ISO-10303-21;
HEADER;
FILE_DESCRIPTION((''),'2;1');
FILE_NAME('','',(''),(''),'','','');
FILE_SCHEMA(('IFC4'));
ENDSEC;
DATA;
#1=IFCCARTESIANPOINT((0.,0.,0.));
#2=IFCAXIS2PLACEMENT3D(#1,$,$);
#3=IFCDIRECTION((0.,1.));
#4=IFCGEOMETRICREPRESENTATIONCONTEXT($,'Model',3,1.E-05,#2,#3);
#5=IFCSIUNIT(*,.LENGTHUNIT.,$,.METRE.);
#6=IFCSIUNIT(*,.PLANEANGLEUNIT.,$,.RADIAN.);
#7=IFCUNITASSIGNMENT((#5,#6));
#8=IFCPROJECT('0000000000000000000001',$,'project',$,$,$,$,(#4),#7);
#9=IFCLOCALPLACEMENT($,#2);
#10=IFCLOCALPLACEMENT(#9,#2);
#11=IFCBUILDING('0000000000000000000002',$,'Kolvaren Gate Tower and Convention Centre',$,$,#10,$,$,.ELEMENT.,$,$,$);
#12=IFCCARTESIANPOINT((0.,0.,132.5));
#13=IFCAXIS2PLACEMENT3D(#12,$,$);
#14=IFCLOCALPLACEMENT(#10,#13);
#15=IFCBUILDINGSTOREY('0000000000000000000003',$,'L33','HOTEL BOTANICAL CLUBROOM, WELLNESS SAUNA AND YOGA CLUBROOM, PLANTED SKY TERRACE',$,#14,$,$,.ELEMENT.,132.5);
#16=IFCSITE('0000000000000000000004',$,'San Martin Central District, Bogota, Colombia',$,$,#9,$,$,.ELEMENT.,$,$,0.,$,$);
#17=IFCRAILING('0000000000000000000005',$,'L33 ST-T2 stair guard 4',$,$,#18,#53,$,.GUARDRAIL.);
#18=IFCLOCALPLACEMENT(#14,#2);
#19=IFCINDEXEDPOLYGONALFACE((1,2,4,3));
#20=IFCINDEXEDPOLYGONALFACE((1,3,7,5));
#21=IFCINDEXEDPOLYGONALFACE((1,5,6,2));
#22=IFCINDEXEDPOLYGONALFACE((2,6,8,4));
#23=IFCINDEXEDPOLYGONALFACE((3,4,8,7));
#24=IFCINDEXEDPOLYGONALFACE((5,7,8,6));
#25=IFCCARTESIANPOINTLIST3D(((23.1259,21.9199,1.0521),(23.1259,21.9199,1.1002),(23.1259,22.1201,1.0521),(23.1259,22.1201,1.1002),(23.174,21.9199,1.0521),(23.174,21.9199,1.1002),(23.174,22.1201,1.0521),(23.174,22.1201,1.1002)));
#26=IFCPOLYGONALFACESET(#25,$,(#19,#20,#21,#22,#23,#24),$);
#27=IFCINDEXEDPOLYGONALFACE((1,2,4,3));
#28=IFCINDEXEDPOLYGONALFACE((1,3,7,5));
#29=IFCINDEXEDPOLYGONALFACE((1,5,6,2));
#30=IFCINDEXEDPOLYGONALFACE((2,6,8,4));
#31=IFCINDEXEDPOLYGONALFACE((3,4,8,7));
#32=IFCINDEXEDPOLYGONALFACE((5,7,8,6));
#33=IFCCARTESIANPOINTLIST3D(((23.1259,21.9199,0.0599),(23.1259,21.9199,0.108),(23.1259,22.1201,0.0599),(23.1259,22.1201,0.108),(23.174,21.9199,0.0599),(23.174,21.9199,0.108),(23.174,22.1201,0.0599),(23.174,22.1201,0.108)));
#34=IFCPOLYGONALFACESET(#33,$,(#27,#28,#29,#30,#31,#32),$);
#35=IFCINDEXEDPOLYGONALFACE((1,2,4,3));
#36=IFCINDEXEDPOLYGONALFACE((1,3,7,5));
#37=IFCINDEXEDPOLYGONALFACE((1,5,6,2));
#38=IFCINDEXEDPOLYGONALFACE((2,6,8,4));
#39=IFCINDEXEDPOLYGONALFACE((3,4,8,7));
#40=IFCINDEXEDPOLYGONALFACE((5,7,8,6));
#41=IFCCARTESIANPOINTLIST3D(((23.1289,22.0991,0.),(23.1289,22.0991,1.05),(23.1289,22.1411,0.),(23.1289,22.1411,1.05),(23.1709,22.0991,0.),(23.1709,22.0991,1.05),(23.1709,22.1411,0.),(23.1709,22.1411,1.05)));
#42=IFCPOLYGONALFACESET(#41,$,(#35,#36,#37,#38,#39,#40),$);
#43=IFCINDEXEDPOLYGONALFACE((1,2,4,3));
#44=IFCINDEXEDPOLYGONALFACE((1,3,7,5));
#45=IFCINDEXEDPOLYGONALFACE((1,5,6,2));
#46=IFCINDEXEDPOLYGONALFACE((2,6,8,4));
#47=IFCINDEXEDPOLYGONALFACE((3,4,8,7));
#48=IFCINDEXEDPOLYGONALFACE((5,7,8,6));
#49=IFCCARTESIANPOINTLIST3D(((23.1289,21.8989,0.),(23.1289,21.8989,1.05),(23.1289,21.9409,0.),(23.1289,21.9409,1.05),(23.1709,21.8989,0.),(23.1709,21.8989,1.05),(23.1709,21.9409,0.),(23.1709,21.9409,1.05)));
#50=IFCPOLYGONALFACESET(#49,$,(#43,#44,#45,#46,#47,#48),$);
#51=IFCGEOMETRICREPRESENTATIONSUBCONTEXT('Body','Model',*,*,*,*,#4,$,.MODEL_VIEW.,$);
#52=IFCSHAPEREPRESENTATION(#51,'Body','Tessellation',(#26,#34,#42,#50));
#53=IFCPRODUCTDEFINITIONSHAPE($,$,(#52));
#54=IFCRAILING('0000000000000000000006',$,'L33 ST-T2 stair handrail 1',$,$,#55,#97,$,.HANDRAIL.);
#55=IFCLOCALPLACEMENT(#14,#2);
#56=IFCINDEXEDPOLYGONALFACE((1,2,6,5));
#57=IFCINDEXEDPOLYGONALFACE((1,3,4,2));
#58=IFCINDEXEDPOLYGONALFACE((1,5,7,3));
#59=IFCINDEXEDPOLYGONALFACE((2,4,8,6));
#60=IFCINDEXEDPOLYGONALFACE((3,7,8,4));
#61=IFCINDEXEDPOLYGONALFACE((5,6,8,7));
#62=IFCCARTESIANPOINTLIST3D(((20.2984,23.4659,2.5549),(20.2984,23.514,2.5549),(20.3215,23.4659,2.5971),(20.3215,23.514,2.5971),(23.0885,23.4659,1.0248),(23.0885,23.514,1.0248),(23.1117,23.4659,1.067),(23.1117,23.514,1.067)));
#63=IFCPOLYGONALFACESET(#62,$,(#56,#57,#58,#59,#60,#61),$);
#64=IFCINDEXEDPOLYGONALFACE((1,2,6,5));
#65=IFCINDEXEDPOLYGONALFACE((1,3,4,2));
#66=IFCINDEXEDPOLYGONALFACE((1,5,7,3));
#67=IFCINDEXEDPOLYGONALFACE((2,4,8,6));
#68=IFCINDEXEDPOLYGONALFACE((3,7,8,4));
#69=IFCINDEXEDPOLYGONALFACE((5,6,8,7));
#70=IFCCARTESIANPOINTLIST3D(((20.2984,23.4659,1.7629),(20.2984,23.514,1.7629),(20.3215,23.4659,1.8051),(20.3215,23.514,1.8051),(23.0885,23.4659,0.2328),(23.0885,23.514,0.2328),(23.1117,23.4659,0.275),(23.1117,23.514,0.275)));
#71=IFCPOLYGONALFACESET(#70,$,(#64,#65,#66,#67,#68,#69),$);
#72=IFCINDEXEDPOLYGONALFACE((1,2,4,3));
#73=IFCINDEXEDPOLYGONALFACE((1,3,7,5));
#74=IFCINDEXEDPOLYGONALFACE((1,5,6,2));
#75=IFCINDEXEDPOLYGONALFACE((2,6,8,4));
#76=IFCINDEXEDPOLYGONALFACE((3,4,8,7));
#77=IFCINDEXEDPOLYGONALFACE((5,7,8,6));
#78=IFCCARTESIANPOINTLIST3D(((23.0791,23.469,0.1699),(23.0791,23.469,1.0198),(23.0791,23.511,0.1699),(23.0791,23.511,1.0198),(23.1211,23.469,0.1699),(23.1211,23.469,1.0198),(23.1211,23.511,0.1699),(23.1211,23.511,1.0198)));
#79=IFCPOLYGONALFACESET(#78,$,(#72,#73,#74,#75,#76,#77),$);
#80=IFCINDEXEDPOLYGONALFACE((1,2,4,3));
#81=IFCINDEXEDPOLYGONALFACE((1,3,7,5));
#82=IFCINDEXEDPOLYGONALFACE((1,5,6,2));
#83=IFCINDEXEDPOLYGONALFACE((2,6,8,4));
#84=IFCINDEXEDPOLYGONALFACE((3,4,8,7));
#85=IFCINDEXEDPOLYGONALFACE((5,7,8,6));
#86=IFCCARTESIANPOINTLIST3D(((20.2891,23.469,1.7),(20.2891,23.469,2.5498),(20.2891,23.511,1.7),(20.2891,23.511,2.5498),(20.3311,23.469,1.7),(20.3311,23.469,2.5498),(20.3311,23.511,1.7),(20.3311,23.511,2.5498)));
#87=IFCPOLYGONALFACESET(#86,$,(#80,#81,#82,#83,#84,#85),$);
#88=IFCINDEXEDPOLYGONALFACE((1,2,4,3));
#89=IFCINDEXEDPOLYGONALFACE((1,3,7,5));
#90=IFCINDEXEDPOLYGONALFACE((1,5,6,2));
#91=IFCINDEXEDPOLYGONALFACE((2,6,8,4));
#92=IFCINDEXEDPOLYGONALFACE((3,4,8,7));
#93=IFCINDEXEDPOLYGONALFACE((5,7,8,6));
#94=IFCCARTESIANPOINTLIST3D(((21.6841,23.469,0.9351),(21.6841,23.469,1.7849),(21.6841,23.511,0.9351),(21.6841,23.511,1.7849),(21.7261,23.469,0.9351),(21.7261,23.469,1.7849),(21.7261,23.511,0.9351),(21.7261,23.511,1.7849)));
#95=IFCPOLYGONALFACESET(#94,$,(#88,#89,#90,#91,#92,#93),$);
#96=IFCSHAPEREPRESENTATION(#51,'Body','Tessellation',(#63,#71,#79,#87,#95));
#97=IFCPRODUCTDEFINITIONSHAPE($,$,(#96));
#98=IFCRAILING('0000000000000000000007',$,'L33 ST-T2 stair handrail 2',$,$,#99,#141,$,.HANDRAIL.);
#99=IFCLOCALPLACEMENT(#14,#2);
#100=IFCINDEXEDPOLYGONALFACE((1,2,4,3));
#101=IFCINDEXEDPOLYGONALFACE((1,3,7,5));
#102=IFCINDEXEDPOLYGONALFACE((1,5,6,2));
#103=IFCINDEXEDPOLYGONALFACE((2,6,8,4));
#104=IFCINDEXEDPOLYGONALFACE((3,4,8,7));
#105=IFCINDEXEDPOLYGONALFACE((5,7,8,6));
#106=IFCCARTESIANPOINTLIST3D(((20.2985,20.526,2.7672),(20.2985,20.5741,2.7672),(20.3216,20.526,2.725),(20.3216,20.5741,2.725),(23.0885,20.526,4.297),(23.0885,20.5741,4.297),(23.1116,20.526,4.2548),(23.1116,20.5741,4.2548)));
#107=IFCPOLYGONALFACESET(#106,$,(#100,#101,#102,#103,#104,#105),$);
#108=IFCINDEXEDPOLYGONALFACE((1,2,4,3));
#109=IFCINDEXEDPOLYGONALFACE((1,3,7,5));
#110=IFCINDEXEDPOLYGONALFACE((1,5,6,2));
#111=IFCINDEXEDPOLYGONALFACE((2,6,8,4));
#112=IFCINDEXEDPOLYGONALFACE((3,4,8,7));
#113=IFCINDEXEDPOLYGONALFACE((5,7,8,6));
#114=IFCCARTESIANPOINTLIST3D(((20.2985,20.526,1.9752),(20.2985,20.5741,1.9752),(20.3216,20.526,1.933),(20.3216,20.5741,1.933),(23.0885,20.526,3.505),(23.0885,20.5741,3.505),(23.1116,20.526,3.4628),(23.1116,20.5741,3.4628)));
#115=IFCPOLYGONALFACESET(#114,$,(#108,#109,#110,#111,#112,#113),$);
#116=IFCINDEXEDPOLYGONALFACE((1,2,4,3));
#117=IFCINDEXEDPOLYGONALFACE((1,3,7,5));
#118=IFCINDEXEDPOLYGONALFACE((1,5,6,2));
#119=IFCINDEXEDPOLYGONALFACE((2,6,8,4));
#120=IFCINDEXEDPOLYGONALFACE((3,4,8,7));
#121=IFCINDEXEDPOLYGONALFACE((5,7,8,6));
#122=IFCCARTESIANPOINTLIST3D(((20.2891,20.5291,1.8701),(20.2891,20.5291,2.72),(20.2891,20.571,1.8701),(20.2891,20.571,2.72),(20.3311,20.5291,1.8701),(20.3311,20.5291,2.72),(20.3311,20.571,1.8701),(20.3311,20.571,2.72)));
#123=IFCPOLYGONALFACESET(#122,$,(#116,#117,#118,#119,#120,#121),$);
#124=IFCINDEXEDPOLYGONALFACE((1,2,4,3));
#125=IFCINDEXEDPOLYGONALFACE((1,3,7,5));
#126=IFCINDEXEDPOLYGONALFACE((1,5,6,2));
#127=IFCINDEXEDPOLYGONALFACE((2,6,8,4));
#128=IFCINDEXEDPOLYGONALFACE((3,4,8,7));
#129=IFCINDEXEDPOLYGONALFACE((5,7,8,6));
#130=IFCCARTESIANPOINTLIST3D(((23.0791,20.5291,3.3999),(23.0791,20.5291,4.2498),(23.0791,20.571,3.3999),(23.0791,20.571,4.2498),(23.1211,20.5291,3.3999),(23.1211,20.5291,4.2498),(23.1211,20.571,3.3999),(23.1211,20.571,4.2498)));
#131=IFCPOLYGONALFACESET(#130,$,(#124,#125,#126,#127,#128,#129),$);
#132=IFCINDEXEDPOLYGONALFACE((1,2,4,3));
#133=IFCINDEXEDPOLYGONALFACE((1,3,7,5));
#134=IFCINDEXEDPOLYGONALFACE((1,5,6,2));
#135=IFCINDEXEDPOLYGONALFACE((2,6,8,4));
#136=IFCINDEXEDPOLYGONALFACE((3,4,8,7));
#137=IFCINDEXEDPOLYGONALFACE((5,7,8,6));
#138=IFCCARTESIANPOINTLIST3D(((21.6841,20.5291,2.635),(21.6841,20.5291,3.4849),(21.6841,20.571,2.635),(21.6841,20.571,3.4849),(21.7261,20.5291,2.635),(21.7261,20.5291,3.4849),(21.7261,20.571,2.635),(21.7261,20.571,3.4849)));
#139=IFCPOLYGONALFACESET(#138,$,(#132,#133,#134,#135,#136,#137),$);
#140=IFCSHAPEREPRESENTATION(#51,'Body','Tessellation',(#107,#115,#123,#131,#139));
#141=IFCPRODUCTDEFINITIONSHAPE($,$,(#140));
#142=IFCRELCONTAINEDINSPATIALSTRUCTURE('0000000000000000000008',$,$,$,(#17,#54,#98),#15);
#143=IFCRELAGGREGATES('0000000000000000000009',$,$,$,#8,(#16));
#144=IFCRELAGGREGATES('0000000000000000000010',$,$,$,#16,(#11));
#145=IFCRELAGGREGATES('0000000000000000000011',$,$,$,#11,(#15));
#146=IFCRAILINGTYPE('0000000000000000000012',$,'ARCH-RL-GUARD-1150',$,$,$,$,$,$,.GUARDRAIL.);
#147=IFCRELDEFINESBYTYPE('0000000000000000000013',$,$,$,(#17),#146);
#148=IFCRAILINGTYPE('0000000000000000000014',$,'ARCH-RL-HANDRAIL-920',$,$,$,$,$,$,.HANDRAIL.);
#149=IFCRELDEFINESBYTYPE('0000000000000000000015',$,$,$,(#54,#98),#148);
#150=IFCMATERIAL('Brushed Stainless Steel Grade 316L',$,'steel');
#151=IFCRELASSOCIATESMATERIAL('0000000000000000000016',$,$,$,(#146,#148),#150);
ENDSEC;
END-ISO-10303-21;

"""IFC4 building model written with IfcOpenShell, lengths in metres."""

from ifc_helpers import new_model, si_unit, direction, frame, origin, origin_2d, place, context, subcontext, project, spatial, rectangle, extrude, material, type_object, element, save


model = new_model("IFC4")

# Units and contexts
model_context = context("Model", 3, precision=1e-05, world=origin(), true_north=direction((0.0, 1.0)))
body_context = subcontext(model_context, "Body", "Model", "MODEL_VIEW")
ifc_project = project(units=[si_unit("LENGTHUNIT", "METRE"), si_unit("PLANEANGLEUNIT", "RADIAN")], contexts=[model_context])

# Site, building, storey
site_placement = place(None, origin())
site = spatial("IfcSite", under=ifc_project, at=site_placement, Name="San Martin Central District, Bogota, Colombia", CompositionType="ELEMENT", RefElevation=0.0)
building_placement = place(site_placement, origin())
building = spatial("IfcBuilding", under=site, at=building_placement, Name="Kolvaren Gate Tower and Convention Centre", CompositionType="ELEMENT")
storey_placement = place(building_placement, frame((0.0, 0.0, 132.5)))
storey = spatial("IfcBuildingStorey", under=building, at=storey_placement, Name="L33", Description="HOTEL BOTANICAL CLUBROOM, WELLNESS SAUNA AND YOGA CLUBROOM, PLANTED SKY TERRACE", CompositionType="ELEMENT", Elevation=132.5)

# Shared definitions
ifc_material_1 = material(Name="Brushed Stainless Steel Grade 316L", Category="steel")

# Railings
railing_type_1 = type_object("IfcRailingType", Name="ARCH-RL-GUARD-1150", PredefinedType="GUARDRAIL", material=ifc_material_1)
railing_1_placement = place(storey_placement, frame((23.1499, 22.1201, 0.0)))
element("IfcRailing", 1, at=railing_1_placement, inside=storey, type_object=railing_type_1, Name="L33 ST-T2 stair guard 4", PredefinedType="GUARDRAIL", context=body_context, shape_type="SweptSolid", body=[
    extrude(rectangle(XDim=0.0481, YDim=0.0481, at=origin_2d()), frame((0.0, 0.0, 1.0762), z_axis=(0.0, -1.0, 0.0), x_axis=(1.0, 0.0, 0.0)), (0.0, 0.0, 1.0), 0.2002),
    extrude(rectangle(XDim=0.0481, YDim=0.0481, at=origin_2d()), frame((0.0, 0.0, 0.084), z_axis=(0.0, -1.0, 0.0), x_axis=(1.0, 0.0, 0.0)), (0.0, 0.0, 1.0), 0.2002),
    extrude(rectangle(XDim=0.042, YDim=0.042, at=origin_2d()), origin(), (0.0, 0.0, 1.0), 1.05),
    extrude(rectangle(XDim=0.042, YDim=0.042, at=origin_2d()), frame((0.0, -0.2002, 0.0)), (0.0, 0.0, 1.0), 1.05),
])
railing_type_2 = type_object("IfcRailingType", Name="ARCH-RL-HANDRAIL-920", PredefinedType="HANDRAIL", material=ifc_material_1)
railing_2_placement = place(storey_placement, frame((23.1001, 23.49, 0.1699)))
element("IfcRailing", 2, at=railing_2_placement, inside=storey, type_object=railing_type_2, Name="L33 ST-T2 stair handrail 1", PredefinedType="HANDRAIL", context=body_context, shape_type="SweptSolid", body=[
    extrude(rectangle(XDim=0.0481, YDim=0.0481, at=origin_2d()), frame((0.0, 0.0, 0.876), z_axis=(-0.876811, 0.0, 0.480835), x_axis=(0.0, -1.0, 0.0)), (0.0, 0.0, 1.0), 3.1821),
    extrude(rectangle(XDim=0.0481, YDim=0.0481, at=origin_2d()), frame((0.0, 0.0, 0.084), z_axis=(-0.876811, 0.0, 0.480835), x_axis=(0.0, -1.0, 0.0)), (0.0, 0.0, 1.0), 3.1821),
    extrude(rectangle(XDim=0.042, YDim=0.042, at=origin_2d()), origin(), (0.0, 0.0, 1.0), 0.8499),
    extrude(rectangle(XDim=0.042, YDim=0.042, at=origin_2d()), frame((-2.79, 0.0, 1.53)), (0.0, 0.0, 1.0), 0.8499),
    extrude(rectangle(XDim=0.042, YDim=0.042, at=origin_2d()), frame((-1.395, 0.0, 0.7651)), (0.0, 0.0, 1.0), 0.8499),
])
railing_3_placement = place(storey_placement, frame((20.3101, 20.55, 1.8701)))
element("IfcRailing", 3, at=railing_3_placement, inside=storey, type_object=railing_type_2, Name="L33 ST-T2 stair handrail 2", PredefinedType="HANDRAIL", context=body_context, shape_type="SweptSolid", body=[
    extrude(rectangle(XDim=0.0481, YDim=0.0481, at=origin_2d()), frame((0.0, 0.0, 0.876), z_axis=(0.876844, 0.0, 0.480776), x_axis=(0.0, 1.0, 0.0)), (0.0, 0.0, 1.0), 3.1819),
    extrude(rectangle(XDim=0.0481, YDim=0.0481, at=origin_2d()), frame((0.0, 0.0, 0.084), z_axis=(0.876844, 0.0, 0.480776), x_axis=(0.0, 1.0, 0.0)), (0.0, 0.0, 1.0), 3.1819),
    extrude(rectangle(XDim=0.042, YDim=0.042, at=origin_2d()), origin(), (0.0, 0.0, 1.0), 0.8499),
    extrude(rectangle(XDim=0.042, YDim=0.042, at=origin_2d()), frame((2.79, 0.0, 1.5298)), (0.0, 0.0, 1.0), 0.8499),
    extrude(rectangle(XDim=0.042, YDim=0.042, at=origin_2d()), frame((1.395, 0.0, 0.7649)), (0.0, 0.0, 1.0), 0.8499),
])

save(model, "model.ifc")
